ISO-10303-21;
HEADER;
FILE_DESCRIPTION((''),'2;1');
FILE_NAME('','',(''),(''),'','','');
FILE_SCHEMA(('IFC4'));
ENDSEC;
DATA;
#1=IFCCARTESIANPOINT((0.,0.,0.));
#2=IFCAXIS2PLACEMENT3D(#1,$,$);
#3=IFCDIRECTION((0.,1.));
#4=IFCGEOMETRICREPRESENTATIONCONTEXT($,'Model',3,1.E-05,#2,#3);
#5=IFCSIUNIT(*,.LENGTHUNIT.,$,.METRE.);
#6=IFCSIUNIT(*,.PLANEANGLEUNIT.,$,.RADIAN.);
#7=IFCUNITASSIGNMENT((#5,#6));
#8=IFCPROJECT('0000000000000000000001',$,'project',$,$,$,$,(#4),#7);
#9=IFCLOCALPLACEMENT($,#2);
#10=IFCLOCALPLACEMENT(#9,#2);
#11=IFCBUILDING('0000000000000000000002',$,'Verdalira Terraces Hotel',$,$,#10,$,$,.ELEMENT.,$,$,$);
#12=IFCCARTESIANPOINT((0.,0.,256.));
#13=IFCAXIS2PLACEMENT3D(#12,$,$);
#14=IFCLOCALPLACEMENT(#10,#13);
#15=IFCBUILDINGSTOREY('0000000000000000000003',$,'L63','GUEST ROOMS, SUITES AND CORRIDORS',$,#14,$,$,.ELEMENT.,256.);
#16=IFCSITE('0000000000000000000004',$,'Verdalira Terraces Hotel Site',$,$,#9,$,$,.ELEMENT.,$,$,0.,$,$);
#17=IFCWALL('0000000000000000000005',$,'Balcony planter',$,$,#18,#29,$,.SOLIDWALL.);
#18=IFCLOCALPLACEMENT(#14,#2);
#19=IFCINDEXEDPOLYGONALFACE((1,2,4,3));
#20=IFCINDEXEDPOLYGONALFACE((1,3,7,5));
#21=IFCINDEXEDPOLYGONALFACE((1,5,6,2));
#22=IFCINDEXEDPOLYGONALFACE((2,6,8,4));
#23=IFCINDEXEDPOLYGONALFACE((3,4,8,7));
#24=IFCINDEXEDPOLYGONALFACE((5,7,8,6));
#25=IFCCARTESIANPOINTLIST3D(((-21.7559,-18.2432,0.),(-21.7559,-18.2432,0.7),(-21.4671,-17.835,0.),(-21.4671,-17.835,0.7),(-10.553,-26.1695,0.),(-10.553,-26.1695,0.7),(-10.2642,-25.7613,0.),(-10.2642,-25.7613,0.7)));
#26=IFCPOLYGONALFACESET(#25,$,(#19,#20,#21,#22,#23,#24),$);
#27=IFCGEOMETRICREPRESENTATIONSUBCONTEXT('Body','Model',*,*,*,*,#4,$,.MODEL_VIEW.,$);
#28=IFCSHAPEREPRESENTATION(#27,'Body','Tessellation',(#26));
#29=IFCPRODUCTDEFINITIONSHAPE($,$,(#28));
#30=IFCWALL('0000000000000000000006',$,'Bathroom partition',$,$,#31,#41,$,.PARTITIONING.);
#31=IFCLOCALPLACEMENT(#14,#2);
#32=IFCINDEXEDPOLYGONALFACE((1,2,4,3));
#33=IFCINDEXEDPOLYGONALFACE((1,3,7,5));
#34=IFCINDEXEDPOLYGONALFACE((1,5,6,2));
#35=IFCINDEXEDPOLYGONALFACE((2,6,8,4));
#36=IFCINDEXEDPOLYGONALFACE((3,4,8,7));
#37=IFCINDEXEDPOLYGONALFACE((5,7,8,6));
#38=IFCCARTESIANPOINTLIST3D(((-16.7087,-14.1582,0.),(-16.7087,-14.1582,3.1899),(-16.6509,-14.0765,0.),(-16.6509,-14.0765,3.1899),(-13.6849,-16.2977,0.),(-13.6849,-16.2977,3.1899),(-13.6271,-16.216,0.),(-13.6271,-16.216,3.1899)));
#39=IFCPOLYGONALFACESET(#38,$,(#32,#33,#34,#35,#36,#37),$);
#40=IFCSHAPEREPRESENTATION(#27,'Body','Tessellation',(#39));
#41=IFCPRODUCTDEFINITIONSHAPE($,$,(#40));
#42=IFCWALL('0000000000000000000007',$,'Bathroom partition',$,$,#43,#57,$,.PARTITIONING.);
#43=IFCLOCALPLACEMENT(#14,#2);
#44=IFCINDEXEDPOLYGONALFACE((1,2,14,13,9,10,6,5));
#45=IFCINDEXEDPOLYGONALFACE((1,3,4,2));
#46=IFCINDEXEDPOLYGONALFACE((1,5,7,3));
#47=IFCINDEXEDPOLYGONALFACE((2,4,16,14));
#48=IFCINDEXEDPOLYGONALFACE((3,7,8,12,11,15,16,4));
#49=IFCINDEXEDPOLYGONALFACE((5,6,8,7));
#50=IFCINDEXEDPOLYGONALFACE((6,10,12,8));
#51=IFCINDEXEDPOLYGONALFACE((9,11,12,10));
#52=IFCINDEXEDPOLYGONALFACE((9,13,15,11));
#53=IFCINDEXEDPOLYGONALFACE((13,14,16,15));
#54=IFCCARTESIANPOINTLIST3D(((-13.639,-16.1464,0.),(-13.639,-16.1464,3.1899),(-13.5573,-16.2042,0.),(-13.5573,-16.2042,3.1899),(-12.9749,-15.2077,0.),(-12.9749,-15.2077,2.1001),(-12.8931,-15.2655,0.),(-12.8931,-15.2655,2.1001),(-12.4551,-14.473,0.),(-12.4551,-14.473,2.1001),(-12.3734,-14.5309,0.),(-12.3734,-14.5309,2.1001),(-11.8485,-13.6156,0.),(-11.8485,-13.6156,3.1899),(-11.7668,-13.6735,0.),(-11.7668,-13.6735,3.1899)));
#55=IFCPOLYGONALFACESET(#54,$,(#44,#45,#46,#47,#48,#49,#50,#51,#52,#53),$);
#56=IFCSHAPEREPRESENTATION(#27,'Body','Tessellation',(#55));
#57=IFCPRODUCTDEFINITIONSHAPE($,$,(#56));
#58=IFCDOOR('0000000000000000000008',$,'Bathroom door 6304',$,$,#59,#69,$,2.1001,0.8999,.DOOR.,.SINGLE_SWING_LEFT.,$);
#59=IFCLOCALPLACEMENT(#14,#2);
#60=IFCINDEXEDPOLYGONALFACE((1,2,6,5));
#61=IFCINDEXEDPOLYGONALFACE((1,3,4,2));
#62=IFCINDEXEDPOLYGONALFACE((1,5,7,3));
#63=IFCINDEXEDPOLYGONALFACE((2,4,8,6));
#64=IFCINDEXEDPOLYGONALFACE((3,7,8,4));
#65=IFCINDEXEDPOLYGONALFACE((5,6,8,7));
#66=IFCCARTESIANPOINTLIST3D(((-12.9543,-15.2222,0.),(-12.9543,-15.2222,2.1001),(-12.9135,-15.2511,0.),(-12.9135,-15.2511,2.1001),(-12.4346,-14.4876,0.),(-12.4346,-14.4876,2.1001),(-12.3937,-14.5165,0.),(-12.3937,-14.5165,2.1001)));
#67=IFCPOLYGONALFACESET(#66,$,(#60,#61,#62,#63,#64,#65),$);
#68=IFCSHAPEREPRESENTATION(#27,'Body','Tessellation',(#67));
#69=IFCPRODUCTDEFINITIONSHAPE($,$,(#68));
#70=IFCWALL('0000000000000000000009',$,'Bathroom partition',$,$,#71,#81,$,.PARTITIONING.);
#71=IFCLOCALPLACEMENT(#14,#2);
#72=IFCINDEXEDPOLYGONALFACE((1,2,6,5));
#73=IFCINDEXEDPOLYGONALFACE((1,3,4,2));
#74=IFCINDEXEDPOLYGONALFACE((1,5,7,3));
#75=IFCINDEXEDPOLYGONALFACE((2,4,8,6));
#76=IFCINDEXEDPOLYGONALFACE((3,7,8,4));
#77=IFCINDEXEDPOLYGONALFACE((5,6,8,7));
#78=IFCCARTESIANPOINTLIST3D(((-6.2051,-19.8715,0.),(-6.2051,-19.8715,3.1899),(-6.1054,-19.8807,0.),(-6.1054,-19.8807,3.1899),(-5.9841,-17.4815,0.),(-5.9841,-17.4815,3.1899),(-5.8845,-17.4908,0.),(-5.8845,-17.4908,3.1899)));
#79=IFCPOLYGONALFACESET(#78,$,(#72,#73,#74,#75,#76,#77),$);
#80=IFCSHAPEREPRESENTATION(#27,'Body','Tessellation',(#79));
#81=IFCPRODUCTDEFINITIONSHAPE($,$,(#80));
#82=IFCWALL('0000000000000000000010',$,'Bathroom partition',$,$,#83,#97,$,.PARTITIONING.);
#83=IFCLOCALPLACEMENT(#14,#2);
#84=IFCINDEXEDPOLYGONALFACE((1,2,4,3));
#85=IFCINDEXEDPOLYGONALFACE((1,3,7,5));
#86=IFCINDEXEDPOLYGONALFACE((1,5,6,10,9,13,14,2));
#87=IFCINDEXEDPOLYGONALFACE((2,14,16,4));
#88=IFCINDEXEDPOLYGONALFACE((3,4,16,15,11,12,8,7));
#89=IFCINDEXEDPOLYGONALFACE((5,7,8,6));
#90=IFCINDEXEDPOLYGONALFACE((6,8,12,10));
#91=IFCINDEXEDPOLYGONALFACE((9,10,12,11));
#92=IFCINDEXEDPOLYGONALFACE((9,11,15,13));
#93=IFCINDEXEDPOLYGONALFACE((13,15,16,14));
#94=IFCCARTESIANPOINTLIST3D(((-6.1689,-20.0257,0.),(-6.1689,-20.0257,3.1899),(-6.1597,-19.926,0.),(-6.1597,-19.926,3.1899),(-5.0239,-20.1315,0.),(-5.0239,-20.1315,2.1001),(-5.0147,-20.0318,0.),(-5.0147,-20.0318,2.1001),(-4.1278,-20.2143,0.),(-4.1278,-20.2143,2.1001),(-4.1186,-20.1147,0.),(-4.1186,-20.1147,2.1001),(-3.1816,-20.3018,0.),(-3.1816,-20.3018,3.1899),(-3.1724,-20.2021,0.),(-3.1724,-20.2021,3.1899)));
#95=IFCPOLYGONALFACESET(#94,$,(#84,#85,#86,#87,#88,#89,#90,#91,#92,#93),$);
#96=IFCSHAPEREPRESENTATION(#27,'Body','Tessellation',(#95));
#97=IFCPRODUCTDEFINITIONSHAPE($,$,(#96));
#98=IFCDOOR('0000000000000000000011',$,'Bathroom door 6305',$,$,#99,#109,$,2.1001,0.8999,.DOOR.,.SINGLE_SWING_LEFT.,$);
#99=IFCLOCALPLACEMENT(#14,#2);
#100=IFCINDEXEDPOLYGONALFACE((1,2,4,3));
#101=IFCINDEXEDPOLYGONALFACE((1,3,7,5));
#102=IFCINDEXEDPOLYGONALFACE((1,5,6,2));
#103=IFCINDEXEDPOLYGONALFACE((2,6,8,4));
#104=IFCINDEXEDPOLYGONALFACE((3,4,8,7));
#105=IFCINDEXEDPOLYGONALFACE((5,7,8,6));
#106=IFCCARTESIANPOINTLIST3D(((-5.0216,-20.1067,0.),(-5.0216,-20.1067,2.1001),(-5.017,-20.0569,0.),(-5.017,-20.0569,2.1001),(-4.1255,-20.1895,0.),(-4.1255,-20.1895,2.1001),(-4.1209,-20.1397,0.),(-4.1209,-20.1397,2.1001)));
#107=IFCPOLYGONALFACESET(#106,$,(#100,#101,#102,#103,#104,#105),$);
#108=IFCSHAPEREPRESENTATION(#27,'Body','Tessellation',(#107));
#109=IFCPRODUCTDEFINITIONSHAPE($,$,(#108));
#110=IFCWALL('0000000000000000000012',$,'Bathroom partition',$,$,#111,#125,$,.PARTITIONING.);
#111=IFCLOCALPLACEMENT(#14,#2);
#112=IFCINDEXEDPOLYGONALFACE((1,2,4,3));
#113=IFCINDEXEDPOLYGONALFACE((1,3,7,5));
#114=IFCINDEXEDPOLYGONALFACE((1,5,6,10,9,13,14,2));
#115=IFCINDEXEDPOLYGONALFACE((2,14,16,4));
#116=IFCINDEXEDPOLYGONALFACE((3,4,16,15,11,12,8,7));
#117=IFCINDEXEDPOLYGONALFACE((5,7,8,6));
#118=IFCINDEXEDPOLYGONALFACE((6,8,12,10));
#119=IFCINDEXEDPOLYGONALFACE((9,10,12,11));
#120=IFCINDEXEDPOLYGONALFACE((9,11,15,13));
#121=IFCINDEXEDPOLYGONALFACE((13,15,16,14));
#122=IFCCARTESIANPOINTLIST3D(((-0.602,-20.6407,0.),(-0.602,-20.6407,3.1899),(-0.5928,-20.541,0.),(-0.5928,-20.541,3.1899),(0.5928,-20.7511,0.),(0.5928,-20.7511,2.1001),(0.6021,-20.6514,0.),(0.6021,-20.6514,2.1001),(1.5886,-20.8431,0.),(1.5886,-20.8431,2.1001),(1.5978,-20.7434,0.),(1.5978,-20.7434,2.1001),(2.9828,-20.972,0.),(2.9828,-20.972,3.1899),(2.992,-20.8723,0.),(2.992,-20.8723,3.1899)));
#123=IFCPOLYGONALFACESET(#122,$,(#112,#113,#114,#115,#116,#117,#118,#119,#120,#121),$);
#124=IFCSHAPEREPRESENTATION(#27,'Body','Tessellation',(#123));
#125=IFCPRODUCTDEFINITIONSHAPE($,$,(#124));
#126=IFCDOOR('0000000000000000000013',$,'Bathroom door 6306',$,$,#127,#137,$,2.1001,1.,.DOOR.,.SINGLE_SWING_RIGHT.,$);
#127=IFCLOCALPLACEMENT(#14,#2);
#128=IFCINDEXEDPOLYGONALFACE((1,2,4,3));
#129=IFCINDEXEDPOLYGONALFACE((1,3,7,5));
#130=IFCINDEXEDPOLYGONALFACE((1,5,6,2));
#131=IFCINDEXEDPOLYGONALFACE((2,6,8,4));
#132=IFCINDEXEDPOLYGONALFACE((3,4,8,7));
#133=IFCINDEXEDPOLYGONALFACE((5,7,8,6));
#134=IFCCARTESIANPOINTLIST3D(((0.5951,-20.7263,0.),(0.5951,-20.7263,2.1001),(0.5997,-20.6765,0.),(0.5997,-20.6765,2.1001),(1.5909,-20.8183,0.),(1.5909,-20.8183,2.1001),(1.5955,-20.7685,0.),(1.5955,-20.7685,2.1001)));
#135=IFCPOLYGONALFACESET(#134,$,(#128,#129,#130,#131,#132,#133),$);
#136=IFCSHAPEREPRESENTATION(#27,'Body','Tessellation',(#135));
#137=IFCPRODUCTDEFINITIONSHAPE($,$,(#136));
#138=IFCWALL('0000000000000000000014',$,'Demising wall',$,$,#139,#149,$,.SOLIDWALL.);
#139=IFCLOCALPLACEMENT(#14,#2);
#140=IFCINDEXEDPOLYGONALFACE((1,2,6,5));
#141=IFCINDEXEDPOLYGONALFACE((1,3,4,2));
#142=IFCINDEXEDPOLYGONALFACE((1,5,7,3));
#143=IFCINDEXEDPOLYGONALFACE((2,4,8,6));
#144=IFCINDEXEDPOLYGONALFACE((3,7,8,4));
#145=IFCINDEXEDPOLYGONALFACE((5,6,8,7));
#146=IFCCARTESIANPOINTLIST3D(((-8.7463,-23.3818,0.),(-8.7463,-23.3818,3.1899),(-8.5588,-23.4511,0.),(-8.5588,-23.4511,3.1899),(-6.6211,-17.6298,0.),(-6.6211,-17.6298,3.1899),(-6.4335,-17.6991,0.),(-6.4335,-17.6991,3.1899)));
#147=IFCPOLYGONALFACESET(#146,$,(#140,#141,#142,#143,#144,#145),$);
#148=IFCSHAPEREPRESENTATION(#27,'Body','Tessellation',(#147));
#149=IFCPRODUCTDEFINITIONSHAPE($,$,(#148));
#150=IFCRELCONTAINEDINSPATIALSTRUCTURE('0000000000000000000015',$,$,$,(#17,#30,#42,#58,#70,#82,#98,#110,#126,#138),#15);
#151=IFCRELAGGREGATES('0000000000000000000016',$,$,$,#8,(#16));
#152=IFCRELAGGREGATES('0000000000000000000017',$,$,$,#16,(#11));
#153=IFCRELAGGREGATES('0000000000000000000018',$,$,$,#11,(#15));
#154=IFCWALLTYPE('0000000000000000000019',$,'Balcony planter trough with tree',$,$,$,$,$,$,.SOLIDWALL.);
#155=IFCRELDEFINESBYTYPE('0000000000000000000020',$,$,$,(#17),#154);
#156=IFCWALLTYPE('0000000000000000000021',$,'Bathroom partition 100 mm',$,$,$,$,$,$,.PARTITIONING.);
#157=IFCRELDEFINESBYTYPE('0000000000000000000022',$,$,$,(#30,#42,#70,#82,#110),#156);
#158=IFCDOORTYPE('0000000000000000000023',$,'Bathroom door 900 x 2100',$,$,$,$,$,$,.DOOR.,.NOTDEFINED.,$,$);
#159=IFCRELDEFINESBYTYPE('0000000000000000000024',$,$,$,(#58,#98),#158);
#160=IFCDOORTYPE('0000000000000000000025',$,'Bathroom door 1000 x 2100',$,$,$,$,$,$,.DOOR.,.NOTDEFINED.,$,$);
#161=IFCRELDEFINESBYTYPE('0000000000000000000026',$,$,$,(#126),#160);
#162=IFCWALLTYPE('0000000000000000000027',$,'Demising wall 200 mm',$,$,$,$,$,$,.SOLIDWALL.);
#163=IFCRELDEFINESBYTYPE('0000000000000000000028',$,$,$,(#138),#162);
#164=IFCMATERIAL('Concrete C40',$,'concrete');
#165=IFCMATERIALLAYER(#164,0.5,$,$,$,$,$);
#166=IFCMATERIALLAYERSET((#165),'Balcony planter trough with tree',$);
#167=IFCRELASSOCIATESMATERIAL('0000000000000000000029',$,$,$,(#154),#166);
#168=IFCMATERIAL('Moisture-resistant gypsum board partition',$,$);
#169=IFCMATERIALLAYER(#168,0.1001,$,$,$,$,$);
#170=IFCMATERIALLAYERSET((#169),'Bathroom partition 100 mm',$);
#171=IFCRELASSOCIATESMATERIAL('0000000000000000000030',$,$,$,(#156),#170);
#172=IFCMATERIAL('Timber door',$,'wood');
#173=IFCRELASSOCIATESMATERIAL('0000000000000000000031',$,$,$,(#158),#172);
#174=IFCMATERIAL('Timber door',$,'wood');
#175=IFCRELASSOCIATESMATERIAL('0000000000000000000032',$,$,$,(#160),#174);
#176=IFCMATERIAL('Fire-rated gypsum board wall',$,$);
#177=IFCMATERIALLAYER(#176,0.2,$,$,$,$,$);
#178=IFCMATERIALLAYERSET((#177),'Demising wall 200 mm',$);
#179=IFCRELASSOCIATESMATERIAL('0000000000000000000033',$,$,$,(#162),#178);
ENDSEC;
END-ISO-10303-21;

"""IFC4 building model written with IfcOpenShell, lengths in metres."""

from ifc_helpers import new_model, si_unit, direction, frame, frame_2d, origin, place, context, subcontext, project, spatial, rectangle, extrude, material, layer, layer_set, type_object, element, fill, save


model = new_model("IFC4")

# Units and contexts
model_context = context("Model", 3, precision=1e-05, world=origin(), true_north=direction((0.0, 1.0)))
body_context = subcontext(model_context, "Body", "Model", "MODEL_VIEW")
ifc_project = project(units=[si_unit("LENGTHUNIT", "METRE"), si_unit("PLANEANGLEUNIT", "RADIAN")], contexts=[model_context])

# Site, building, storey
site_placement = place(None, origin())
site = spatial("IfcSite", under=ifc_project, at=site_placement, Name="Verdalira Terraces Hotel Site", CompositionType="ELEMENT", RefElevation=0.0)
building_placement = place(site_placement, origin())
building = spatial("IfcBuilding", under=site, at=building_placement, Name="Verdalira Terraces Hotel", CompositionType="ELEMENT")
storey_placement = place(building_placement, frame((0.0, 0.0, 256.0)))
storey = spatial("IfcBuildingStorey", under=building, at=storey_placement, Name="L63", Description="GUEST ROOMS, SUITES AND CORRIDORS", CompositionType="ELEMENT", Elevation=256.0)

# Walls
ifc_material_1 = material(Name="Concrete C40", Category="concrete")
ifc_layer_1 = layer(ifc_material_1, 0.5)
ifc_layer_set_1 = layer_set([ifc_layer_1], Name="Balcony planter trough with tree")
wall_type_1 = type_object("IfcWallType", Name="Balcony planter trough with tree", PredefinedType="SOLIDWALL", material=ifc_layer_set_1)
wall_1_placement = place(storey_placement, frame((-21.6116, -18.0391, 0.0), z_axis=(0.0, 0.0, 1.0), x_axis=(0.816337, -0.577575, 0.0)))
element("IfcWall", 1, at=wall_1_placement, inside=storey, type_object=wall_type_1, Name="Balcony planter", PredefinedType="SOLIDWALL", context=body_context, shape_type="SweptSolid", body=[
    extrude(rectangle(XDim=13.7234, YDim=0.5, at=frame_2d((6.8618, 0.0))), origin(), (0.0, 0.0, 1.0), 0.7),
])
ifc_material_2 = material(Name="Moisture-resistant gypsum board partition")
ifc_layer_2 = layer(ifc_material_2, 0.1001)
ifc_layer_set_2 = layer_set([ifc_layer_2], Name="Bathroom partition 100 mm")
wall_type_2 = type_object("IfcWallType", Name="Bathroom partition 100 mm", PredefinedType="PARTITIONING", material=ifc_layer_set_2)
wall_2_placement = place(storey_placement, frame((-13.656, -16.2568, 0.0), z_axis=(0.0, 0.0, 1.0), x_axis=(-0.816326, 0.577591, 0.0)))
element("IfcWall", 2, at=wall_2_placement, inside=storey, type_object=wall_type_2, Name="Bathroom partition", PredefinedType="PARTITIONING", context=body_context, shape_type="SweptSolid", body=[
    extrude(rectangle(XDim=3.7041, YDim=0.1001, at=frame_2d((1.8521, 0.0))), origin(), (0.0, 0.0, 1.0), 3.1899),
])

# Wall, opening, door
wall_3_placement = place(storey_placement, frame((-13.5981, -16.1753, 0.0), z_axis=(0.0, 0.0, 1.0), x_axis=(0.577567, 0.816343, 0.0)))
wall_3 = element("IfcWall", 3, at=wall_3_placement, inside=storey, type_object=wall_type_2, Name="Bathroom partition", PredefinedType="PARTITIONING", context=body_context, shape_type="SweptSolid", body=[
    extrude(rectangle(XDim=3.1001, YDim=0.1001, at=frame_2d((1.55, 0.0))), origin(), (0.0, 0.0, 1.0), 3.1899),
])
opening_1_placement = place(wall_3_placement, frame((1.1499, 0.0, 0.0)))
opening_1 = element("IfcOpeningElement", 4, at=opening_1_placement, cuts=wall_3, PredefinedType="OPENING", context=body_context, shape_type="SweptSolid", body=[
    extrude(rectangle(XDim=0.8999, YDim=2.1001, at=frame_2d((0.45, 1.05))), frame((0.0, 0.0601, 0.0), z_axis=(0.0, -1.0, 0.0), x_axis=(1.0, 0.0, 0.0)), (0.0, 0.0, 1.0), 0.1201),
])
ifc_material_3 = material(Name="Timber door", Category="wood")
door_type_1 = type_object("IfcDoorType", Name="Bathroom door 900 x 2100", OperationType="NOTDEFINED", PredefinedType="DOOR", material=ifc_material_3)
door_1_placement = place(opening_1_placement, origin())
door_1 = element("IfcDoor", 5, at=door_1_placement, inside=storey, type_object=door_type_1, Name="Bathroom door 6304", OperationType="SINGLE_SWING_LEFT", OverallHeight=2.1001, OverallWidth=0.8999, PredefinedType="DOOR", context=body_context, shape_type="SweptSolid", body=[
    extrude(rectangle(XDim=0.8999, YDim=2.1001, at=frame_2d((0.45, 1.05))), frame((0.0, 0.0249, 0.0), z_axis=(0.0, -1.0, 0.0), x_axis=(1.0, 0.0, 0.0)), (0.0, 0.0, 1.0), 0.05),
])
fill(opening_1, door_1)

# Wall
wall_4_placement = place(storey_placement, frame((-6.1553, -19.8762, 0.0), z_axis=(0.0, 0.0, 1.0), x_axis=(0.092058, 0.995754, 0.0)))
element("IfcWall", 6, at=wall_4_placement, inside=storey, type_object=wall_type_2, Name="Bathroom partition", PredefinedType="PARTITIONING", context=body_context, shape_type="SweptSolid", body=[
    extrude(rectangle(XDim=2.4001, YDim=0.1001, at=frame_2d((1.2002, 0.0))), origin(), (0.0, 0.0, 1.0), 3.1899),
])

# Walls, openings, doors
wall_5_placement = place(storey_placement, frame((-6.1643, -19.9758, 0.0), z_axis=(0.0, 0.0, 1.0), x_axis=(0.995755, -0.09204, 0.0)))
wall_5 = element("IfcWall", 7, at=wall_5_placement, inside=storey, type_object=wall_type_2, Name="Bathroom partition", PredefinedType="PARTITIONING", context=body_context, shape_type="SweptSolid", body=[
    extrude(rectangle(XDim=3.0, YDim=0.1001, at=frame_2d((1.5, 0.0))), origin(), (0.0, 0.0, 1.0), 3.1899),
])
opening_2_placement = place(wall_5_placement, frame((1.1499, 0.0, 0.0)))
opening_2 = element("IfcOpeningElement", 8, at=opening_2_placement, cuts=wall_5, PredefinedType="OPENING", context=body_context, shape_type="SweptSolid", body=[
    extrude(rectangle(XDim=0.8999, YDim=2.1001, at=frame_2d((0.45, 1.05))), frame((0.0, 0.0601, 0.0), z_axis=(0.0, -1.0, 0.0), x_axis=(1.0, 0.0, 0.0)), (0.0, 0.0, 1.0), 0.1201),
])
door_2_placement = place(opening_2_placement, origin())
door_2 = element("IfcDoor", 9, at=door_2_placement, inside=storey, type_object=door_type_1, Name="Bathroom door 6305", OperationType="SINGLE_SWING_LEFT", OverallHeight=2.1001, OverallWidth=0.8999, PredefinedType="DOOR", context=body_context, shape_type="SweptSolid", body=[
    extrude(rectangle(XDim=0.8999, YDim=2.1001, at=frame_2d((0.45, 1.05))), frame((0.0, 0.0249, 0.0), z_axis=(0.0, -1.0, 0.0), x_axis=(1.0, 0.0, 0.0)), (0.0, 0.0, 1.0), 0.05),
])
fill(opening_2, door_2)
wall_6_placement = place(storey_placement, frame((-0.5974, -20.5908, 0.0), z_axis=(0.0, 0.0, 1.0), x_axis=(0.995756, -0.092028, 0.0)))
wall_6 = element("IfcWall", 10, at=wall_6_placement, inside=storey, type_object=wall_type_2, Name="Bathroom partition", PredefinedType="PARTITIONING", context=body_context, shape_type="SweptSolid", body=[
    extrude(rectangle(XDim=3.6001, YDim=0.1001, at=frame_2d((1.8, 0.0))), origin(), (0.0, 0.0, 1.0), 3.1899),
])
opening_3_placement = place(wall_6_placement, frame((1.2, 0.0, 0.0)))
opening_3 = element("IfcOpeningElement", 11, at=opening_3_placement, cuts=wall_6, PredefinedType="OPENING", context=body_context, shape_type="SweptSolid", body=[
    extrude(rectangle(XDim=1.0, YDim=2.1001, at=frame_2d((0.5, 1.05))), frame((0.0, 0.0601, 0.0), z_axis=(0.0, -1.0, 0.0), x_axis=(1.0, 0.0, 0.0)), (0.0, 0.0, 1.0), 0.1201),
])
ifc_material_4 = material(Name="Timber door", Category="wood")
door_type_2 = type_object("IfcDoorType", Name="Bathroom door 1000 x 2100", OperationType="NOTDEFINED", PredefinedType="DOOR", material=ifc_material_4)
door_3_placement = place(opening_3_placement, origin())
door_3 = element("IfcDoor", 12, at=door_3_placement, inside=storey, type_object=door_type_2, Name="Bathroom door 6306", OperationType="SINGLE_SWING_RIGHT", OverallHeight=2.1001, OverallWidth=1.0, PredefinedType="DOOR", context=body_context, shape_type="SweptSolid", body=[
    extrude(rectangle(XDim=1.0, YDim=2.1001, at=frame_2d((0.5, 1.05))), frame((0.0, 0.0249, 0.0), z_axis=(0.0, -1.0, 0.0), x_axis=(1.0, 0.0, 0.0)), (0.0, 0.0, 1.0), 0.05),
])
fill(opening_3, door_3)

# Wall
ifc_material_5 = material(Name="Fire-rated gypsum board wall")
ifc_layer_3 = layer(ifc_material_5, 0.2)
ifc_layer_set_3 = layer_set([ifc_layer_3], Name="Demising wall 200 mm")
wall_type_3 = type_object("IfcWallType", Name="Demising wall 200 mm", PredefinedType="SOLIDWALL", material=ifc_layer_set_3)
wall_7_placement = place(storey_placement, frame((-6.5273, -17.6646, 0.0), z_axis=(0.0, 0.0, 1.0), x_axis=(-0.346582, -0.93802, 0.0)))
element("IfcWall", 13, at=wall_7_placement, inside=storey, type_object=wall_type_3, Name="Demising wall", PredefinedType="SOLIDWALL", context=body_context, shape_type="SweptSolid", body=[
    extrude(rectangle(XDim=6.1321, YDim=0.2, at=frame_2d((3.0659, 0.0))), origin(), (0.0, 0.0, 1.0), 3.1899),
])

save(model, "model.ifc")
